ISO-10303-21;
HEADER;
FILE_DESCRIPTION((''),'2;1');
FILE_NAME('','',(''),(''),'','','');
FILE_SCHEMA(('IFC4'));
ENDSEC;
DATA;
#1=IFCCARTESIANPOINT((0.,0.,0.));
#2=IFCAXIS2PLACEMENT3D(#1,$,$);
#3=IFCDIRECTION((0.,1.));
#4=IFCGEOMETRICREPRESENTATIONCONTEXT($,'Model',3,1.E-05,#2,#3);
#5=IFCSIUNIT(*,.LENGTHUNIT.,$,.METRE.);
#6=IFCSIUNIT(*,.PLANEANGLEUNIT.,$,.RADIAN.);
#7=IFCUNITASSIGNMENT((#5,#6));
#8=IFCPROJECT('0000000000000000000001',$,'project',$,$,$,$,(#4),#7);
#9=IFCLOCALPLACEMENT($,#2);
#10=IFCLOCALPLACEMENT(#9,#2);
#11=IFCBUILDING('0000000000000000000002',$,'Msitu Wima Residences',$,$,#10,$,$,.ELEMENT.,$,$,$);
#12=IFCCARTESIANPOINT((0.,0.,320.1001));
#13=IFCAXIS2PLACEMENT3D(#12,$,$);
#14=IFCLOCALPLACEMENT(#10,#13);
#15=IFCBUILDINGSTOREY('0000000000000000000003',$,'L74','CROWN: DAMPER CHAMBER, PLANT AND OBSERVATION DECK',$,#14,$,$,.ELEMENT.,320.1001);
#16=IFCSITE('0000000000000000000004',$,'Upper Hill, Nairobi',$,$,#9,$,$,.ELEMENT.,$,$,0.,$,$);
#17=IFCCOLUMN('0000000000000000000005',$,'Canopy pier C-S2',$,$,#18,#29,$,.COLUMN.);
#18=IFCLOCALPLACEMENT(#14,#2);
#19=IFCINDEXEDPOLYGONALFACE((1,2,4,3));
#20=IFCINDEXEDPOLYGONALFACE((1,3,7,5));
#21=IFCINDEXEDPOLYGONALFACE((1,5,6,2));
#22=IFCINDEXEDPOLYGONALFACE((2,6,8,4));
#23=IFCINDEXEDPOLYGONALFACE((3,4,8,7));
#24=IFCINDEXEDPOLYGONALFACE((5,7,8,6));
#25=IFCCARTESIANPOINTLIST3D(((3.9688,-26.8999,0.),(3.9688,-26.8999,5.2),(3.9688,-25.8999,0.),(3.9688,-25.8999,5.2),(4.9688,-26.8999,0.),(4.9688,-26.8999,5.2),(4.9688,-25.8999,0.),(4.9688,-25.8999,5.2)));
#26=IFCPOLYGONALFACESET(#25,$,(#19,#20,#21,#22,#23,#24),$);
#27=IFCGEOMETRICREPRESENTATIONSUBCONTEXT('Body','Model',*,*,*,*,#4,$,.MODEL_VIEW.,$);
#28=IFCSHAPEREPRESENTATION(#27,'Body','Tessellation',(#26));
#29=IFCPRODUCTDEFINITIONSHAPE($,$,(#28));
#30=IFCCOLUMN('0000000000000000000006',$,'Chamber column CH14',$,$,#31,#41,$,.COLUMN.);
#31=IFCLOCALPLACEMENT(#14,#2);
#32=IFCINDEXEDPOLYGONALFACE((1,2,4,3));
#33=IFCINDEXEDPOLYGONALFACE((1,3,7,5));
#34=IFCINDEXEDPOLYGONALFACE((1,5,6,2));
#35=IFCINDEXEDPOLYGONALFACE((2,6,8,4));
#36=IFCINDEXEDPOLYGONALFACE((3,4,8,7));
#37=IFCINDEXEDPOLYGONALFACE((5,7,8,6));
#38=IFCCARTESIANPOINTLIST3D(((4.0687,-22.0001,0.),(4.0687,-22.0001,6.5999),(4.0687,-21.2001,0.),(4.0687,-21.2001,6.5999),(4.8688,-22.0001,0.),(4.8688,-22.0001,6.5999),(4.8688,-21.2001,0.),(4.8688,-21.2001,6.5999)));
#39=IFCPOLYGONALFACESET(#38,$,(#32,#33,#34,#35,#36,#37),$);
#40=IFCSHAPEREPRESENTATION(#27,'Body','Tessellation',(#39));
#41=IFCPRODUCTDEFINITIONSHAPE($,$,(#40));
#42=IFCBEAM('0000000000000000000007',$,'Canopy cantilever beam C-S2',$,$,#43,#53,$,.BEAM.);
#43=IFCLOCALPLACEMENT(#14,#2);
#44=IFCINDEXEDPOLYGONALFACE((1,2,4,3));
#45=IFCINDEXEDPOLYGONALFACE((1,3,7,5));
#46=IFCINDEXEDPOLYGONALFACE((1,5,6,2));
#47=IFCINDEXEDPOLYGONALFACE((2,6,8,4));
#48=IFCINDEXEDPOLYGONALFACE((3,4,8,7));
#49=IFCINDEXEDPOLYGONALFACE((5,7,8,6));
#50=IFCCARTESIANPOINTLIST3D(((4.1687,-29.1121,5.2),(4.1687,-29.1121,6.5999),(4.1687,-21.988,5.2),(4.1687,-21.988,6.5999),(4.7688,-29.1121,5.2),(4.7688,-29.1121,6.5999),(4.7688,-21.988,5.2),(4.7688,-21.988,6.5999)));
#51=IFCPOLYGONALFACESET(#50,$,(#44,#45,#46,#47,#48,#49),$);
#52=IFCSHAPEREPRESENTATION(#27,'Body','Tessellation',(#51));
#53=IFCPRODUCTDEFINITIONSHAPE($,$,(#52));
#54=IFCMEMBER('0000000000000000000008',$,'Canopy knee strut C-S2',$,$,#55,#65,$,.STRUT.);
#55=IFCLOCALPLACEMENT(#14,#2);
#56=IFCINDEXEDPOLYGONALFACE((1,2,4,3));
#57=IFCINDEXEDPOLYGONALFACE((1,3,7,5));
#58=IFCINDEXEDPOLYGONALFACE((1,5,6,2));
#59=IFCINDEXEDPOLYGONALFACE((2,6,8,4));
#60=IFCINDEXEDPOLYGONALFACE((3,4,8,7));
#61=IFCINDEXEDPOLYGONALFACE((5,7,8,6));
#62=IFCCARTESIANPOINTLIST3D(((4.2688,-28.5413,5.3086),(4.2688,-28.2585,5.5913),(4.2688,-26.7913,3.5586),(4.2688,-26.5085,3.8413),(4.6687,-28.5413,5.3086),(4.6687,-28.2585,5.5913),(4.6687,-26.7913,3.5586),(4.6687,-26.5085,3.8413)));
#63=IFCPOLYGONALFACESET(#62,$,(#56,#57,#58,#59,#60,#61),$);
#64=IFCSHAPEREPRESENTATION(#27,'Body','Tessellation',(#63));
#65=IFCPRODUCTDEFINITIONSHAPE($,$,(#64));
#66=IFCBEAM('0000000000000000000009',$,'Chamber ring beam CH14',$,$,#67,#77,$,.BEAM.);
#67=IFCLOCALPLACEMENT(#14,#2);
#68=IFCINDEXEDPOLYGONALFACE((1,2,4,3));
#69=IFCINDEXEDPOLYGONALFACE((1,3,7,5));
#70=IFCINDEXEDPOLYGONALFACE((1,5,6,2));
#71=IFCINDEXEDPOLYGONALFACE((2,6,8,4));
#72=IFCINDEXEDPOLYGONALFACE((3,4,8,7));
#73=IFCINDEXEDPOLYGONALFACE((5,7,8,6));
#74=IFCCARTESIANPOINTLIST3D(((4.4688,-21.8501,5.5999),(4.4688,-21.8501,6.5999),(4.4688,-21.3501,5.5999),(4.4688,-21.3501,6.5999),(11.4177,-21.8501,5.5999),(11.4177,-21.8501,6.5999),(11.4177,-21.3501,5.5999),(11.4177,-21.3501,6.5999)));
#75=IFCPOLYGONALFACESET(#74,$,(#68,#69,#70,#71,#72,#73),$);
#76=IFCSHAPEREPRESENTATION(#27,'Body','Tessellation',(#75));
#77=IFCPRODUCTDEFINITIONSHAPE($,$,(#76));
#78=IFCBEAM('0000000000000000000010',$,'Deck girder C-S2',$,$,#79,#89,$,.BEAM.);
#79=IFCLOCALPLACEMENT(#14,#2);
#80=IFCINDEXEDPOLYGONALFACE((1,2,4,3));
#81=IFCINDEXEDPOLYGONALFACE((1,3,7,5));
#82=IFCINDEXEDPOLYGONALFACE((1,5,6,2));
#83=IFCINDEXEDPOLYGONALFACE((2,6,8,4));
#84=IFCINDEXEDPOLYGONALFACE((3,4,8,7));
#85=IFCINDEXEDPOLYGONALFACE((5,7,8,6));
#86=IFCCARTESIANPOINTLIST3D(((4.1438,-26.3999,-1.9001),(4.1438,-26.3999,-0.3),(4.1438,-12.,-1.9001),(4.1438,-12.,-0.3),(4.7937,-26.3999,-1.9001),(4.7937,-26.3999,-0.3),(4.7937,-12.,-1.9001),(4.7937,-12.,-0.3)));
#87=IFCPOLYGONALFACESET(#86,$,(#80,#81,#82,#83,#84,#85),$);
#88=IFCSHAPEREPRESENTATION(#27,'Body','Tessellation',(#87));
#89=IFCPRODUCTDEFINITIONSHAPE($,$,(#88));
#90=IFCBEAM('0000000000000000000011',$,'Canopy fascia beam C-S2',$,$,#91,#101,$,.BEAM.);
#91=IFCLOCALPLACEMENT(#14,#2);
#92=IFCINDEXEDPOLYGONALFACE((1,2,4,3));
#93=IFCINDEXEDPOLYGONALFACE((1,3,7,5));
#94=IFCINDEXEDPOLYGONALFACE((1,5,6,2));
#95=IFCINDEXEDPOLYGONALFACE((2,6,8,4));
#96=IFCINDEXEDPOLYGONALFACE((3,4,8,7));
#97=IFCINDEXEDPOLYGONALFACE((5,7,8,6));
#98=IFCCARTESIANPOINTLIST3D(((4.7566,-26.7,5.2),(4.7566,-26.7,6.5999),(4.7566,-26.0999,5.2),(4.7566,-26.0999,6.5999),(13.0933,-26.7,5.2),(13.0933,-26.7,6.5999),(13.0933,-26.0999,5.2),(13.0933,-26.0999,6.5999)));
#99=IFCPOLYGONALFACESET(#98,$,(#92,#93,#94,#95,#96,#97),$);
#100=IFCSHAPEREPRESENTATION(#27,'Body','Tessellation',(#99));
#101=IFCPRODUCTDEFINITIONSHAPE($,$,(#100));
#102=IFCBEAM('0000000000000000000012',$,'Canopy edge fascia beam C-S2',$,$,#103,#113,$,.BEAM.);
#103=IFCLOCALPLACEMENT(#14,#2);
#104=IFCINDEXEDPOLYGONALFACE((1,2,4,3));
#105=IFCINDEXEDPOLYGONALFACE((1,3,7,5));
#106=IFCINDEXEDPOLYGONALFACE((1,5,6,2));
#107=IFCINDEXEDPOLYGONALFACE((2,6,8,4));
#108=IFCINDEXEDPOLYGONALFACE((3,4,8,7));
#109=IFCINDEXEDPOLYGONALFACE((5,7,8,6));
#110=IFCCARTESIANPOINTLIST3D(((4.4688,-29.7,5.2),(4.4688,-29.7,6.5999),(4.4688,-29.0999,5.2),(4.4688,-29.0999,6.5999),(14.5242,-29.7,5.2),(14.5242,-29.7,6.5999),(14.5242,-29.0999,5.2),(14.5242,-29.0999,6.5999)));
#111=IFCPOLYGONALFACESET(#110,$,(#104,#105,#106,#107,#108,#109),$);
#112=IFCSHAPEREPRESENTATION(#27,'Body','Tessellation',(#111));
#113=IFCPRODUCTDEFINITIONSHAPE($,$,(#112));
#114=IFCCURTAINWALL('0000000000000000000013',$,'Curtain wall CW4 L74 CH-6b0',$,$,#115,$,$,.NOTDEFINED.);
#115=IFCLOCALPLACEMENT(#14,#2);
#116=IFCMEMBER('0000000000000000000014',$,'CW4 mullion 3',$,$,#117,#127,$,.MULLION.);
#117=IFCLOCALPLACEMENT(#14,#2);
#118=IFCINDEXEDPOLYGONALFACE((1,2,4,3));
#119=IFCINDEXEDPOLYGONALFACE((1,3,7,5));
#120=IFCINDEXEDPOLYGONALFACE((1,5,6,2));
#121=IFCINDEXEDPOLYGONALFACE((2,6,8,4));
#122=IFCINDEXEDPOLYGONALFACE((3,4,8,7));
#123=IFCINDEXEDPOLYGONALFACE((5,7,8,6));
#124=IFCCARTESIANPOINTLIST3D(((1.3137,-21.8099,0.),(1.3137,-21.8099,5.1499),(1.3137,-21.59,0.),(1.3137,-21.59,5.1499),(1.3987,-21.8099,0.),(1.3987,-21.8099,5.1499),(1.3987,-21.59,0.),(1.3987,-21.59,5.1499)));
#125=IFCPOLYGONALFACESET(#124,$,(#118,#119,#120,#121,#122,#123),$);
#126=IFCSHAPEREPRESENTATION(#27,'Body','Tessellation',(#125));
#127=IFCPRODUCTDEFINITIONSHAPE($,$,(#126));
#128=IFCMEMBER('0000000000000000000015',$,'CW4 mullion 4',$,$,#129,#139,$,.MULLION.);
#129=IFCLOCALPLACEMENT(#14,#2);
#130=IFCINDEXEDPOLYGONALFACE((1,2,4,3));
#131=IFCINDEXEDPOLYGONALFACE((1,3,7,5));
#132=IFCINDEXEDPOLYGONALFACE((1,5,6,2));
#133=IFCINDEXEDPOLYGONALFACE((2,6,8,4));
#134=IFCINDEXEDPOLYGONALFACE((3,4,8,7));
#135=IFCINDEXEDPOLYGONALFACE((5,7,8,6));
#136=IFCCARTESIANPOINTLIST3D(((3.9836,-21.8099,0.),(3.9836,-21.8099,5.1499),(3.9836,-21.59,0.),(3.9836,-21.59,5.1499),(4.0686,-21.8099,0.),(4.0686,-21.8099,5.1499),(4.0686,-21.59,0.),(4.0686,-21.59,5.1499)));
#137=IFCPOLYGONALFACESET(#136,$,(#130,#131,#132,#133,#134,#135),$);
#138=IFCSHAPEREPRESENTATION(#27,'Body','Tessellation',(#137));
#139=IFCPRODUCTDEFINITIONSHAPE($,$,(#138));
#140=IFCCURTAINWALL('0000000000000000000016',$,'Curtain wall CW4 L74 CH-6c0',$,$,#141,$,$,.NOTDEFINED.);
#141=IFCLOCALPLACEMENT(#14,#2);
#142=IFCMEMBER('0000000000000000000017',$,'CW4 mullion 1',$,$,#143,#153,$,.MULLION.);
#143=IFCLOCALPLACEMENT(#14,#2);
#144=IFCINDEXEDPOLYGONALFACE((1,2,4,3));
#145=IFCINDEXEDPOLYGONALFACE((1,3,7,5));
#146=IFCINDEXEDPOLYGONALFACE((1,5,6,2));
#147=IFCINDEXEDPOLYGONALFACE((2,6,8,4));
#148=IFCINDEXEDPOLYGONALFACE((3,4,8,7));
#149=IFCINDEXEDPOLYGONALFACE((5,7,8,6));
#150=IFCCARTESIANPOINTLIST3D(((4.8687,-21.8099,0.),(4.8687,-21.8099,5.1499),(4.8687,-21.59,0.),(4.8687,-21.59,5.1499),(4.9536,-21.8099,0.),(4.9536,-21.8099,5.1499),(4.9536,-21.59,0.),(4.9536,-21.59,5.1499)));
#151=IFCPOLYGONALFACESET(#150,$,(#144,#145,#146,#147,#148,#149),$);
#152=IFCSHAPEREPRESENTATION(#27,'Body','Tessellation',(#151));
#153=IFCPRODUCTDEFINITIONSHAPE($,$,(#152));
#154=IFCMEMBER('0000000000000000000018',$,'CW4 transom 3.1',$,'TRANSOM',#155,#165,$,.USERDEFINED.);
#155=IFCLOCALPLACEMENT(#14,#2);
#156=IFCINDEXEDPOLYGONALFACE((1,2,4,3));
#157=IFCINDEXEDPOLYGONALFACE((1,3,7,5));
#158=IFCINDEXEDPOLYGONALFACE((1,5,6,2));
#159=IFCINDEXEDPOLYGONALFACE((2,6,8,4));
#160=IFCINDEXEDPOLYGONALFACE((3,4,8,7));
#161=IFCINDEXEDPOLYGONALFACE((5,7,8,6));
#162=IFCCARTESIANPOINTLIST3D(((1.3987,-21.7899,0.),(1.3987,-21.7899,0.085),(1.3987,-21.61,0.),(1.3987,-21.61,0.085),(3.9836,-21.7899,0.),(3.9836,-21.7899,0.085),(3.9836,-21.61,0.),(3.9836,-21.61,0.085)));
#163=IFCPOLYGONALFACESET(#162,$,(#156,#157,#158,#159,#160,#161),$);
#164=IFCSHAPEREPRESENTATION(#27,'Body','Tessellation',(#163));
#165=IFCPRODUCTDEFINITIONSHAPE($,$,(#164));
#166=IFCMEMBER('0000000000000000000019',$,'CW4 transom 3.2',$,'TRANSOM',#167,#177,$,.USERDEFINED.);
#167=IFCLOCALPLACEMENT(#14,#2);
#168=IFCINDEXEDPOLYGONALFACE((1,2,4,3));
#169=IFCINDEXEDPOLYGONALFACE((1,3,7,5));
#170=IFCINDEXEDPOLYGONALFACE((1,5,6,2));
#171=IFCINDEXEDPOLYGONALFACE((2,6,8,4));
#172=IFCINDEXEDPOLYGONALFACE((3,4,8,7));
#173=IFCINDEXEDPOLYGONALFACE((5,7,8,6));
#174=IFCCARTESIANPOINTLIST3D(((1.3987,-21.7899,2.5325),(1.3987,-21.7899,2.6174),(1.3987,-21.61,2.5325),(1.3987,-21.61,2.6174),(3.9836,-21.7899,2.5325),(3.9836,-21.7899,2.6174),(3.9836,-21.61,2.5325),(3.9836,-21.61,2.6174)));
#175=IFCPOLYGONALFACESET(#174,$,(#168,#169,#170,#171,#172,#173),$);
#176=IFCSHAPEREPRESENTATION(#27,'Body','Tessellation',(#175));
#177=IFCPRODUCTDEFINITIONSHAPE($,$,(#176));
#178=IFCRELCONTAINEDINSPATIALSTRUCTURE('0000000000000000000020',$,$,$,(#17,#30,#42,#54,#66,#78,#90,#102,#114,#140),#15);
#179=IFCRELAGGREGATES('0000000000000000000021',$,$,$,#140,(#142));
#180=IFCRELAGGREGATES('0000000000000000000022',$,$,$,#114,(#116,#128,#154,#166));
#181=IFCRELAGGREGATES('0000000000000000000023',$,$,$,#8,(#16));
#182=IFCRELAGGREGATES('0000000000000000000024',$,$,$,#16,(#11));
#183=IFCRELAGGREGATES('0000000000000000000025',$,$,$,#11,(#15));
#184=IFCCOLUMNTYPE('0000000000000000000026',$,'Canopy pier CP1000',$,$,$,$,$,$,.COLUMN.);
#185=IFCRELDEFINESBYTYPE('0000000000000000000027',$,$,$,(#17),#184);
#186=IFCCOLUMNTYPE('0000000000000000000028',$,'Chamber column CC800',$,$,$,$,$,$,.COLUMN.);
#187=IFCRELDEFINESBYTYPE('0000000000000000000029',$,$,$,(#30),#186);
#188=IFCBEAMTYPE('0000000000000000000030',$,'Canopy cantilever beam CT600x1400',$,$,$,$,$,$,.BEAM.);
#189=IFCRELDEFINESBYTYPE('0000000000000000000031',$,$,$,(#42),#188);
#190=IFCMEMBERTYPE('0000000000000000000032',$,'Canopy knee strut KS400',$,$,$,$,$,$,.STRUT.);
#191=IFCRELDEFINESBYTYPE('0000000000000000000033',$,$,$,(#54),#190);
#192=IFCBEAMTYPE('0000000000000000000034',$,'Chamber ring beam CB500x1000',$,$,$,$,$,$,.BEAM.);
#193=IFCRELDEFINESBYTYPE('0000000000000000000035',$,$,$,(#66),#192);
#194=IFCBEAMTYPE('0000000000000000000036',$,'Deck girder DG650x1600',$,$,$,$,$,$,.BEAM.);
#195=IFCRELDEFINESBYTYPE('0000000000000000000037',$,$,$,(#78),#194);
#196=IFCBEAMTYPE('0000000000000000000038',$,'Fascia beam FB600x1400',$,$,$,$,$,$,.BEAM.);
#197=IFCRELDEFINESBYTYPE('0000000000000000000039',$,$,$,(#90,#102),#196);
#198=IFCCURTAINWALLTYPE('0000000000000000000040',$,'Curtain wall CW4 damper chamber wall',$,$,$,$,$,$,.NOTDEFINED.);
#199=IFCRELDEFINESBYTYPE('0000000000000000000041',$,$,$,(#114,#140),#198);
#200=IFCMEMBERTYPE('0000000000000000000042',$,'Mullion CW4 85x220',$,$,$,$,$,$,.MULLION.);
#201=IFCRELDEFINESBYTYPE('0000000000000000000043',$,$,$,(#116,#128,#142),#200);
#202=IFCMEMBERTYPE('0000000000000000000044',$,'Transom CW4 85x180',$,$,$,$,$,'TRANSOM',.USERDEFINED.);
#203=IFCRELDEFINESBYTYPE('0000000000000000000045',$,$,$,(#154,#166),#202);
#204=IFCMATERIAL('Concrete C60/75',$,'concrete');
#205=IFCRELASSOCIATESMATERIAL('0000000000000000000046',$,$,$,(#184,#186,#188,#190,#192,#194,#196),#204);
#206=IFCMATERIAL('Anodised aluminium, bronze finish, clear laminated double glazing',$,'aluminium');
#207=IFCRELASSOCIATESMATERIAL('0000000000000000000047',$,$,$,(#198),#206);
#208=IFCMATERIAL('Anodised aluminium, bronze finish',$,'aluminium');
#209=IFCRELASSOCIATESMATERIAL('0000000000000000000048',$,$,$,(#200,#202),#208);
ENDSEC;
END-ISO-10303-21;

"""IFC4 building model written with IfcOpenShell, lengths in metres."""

from ifc_helpers import new_model, si_unit, direction, frame, origin, origin_2d, place, context, subcontext, project, spatial, rectangle, extrude, material, material_profile, profile_set, type_object, element, aggregate, save


model = new_model("IFC4")

# Units and contexts
model_context = context("Model", 3, precision=1e-05, world=origin(), true_north=direction((0.0, 1.0)))
body_context = subcontext(model_context, "Body", "Model", "MODEL_VIEW")
ifc_project = project(units=[si_unit("LENGTHUNIT", "METRE"), si_unit("PLANEANGLEUNIT", "RADIAN")], contexts=[model_context])

# Site, building, storey
site_placement = place(None, origin())
site = spatial("IfcSite", under=ifc_project, at=site_placement, Name="Upper Hill, Nairobi", CompositionType="ELEMENT", RefElevation=0.0)
building_placement = place(site_placement, origin())
building = spatial("IfcBuilding", under=site, at=building_placement, Name="Msitu Wima Residences", CompositionType="ELEMENT")
storey_placement = place(building_placement, frame((0.0, 0.0, 320.1001)))
storey = spatial("IfcBuildingStorey", under=building, at=storey_placement, Name="L74", Description="CROWN: DAMPER CHAMBER, PLANT AND OBSERVATION DECK", CompositionType="ELEMENT", Elevation=320.1001)

# Columns
ifc_material_1 = material(Name="Concrete C60/75", Category="concrete")
ifc_material_profile_1 = material_profile(ifc_material_1, rectangle(XDim=1.0, YDim=1.0, at=origin_2d()), Name="RC 1000x1000")
ifc_profile_set_1 = profile_set([ifc_material_profile_1], Name="Concrete C60/75")
column_type_1 = type_object("IfcColumnType", Name="Canopy pier CP1000", PredefinedType="COLUMN", material=ifc_profile_set_1)
column_1_placement = place(storey_placement, frame((4.4688, -26.3999, 0.0), z_axis=(0.0, 0.0, 1.0), x_axis=(1.0, 0.0, 0.0)))
element("IfcColumn", 1, at=column_1_placement, inside=storey, type_object=column_type_1, Name="Canopy pier C-S2", PredefinedType="COLUMN", context=body_context, shape_type="SweptSolid", body=[
    extrude(rectangle(XDim=1.0, YDim=1.0, at=origin_2d()), origin(), (0.0, 0.0, 1.0), 5.2),
])
ifc_material_profile_2 = material_profile(ifc_material_1, rectangle(XDim=0.8, YDim=0.8, at=origin_2d()), Name="RC 800x800")
ifc_profile_set_2 = profile_set([ifc_material_profile_2], Name="Concrete C60/75")
column_type_2 = type_object("IfcColumnType", Name="Chamber column CC800", PredefinedType="COLUMN", material=ifc_profile_set_2)
column_2_placement = place(storey_placement, frame((4.4688, -21.6001, 0.0), z_axis=(0.0, 0.0, 1.0), x_axis=(1.0, 0.0, 0.0)))
element("IfcColumn", 2, at=column_2_placement, inside=storey, type_object=column_type_2, Name="Chamber column CH14", PredefinedType="COLUMN", context=body_context, shape_type="SweptSolid", body=[
    extrude(rectangle(XDim=0.8, YDim=0.8, at=origin_2d()), origin(), (0.0, 0.0, 1.0), 6.5999),
])

# Beam
ifc_material_profile_3 = material_profile(ifc_material_1, rectangle(XDim=0.6001, YDim=1.3999, at=origin_2d()), Name="RC 600x1400")
ifc_profile_set_3 = profile_set([ifc_material_profile_3], Name="Concrete C60/75")
beam_type_1 = type_object("IfcBeamType", Name="Canopy cantilever beam CT600x1400", PredefinedType="BEAM", material=ifc_profile_set_3)
beam_1_placement = place(storey_placement, frame((4.4688, -21.988, 5.8999), z_axis=(0.0, -1.0, 0.0), x_axis=(1.0, 0.0, 0.0)))
element("IfcBeam", 3, at=beam_1_placement, inside=storey, type_object=beam_type_1, Name="Canopy cantilever beam C-S2", PredefinedType="BEAM", context=body_context, shape_type="SweptSolid", body=[
    extrude(rectangle(XDim=0.6001, YDim=1.3999, at=origin_2d()), origin(), (0.0, 0.0, 1.0), 7.124),
])

# Member
ifc_material_profile_4 = material_profile(ifc_material_1, rectangle(XDim=0.3999, YDim=0.3999, at=origin_2d()), Name="RC 400x400")
ifc_profile_set_4 = profile_set([ifc_material_profile_4], Name="Concrete C60/75")
member_type_1 = type_object("IfcMemberType", Name="Canopy knee strut KS400", PredefinedType="STRUT", material=ifc_profile_set_4)
member_1_placement = place(storey_placement, frame((4.4688, -26.6499, 3.7), z_axis=(0.0, -0.707107, 0.707107), x_axis=(1.0, 0.0, 0.0)))
element("IfcMember", 4, at=member_1_placement, inside=storey, type_object=member_type_1, Name="Canopy knee strut C-S2", PredefinedType="STRUT", context=body_context, shape_type="SweptSolid", body=[
    extrude(rectangle(XDim=0.3999, YDim=0.3999, at=origin_2d()), origin(), (0.0, 0.0, 1.0), 2.4749),
])

# Beams
ifc_material_profile_5 = material_profile(ifc_material_1, rectangle(XDim=0.5, YDim=1.0, at=origin_2d()), Name="RC 500x1000")
ifc_profile_set_5 = profile_set([ifc_material_profile_5], Name="Concrete C60/75")
beam_type_2 = type_object("IfcBeamType", Name="Chamber ring beam CB500x1000", PredefinedType="BEAM", material=ifc_profile_set_5)
beam_2_placement = place(storey_placement, frame((4.4688, -21.6001, 6.0999), z_axis=(1.0, 0.0, 0.0), x_axis=(0.0, 1.0, 0.0)))
element("IfcBeam", 5, at=beam_2_placement, inside=storey, type_object=beam_type_2, Name="Chamber ring beam CH14", PredefinedType="BEAM", context=body_context, shape_type="SweptSolid", body=[
    extrude(rectangle(XDim=0.5, YDim=1.0, at=origin_2d()), origin(), (0.0, 0.0, 1.0), 6.949),
])
ifc_material_profile_6 = material_profile(ifc_material_1, rectangle(XDim=0.6499, YDim=1.6001, at=origin_2d()), Name="RC 650x1600")
ifc_profile_set_6 = profile_set([ifc_material_profile_6], Name="Concrete C60/75")
beam_type_3 = type_object("IfcBeamType", Name="Deck girder DG650x1600", PredefinedType="BEAM", material=ifc_profile_set_6)
beam_3_placement = place(storey_placement, frame((4.4688, -26.3999, -1.1001), z_axis=(0.0, 1.0, 0.0), x_axis=(-1.0, 0.0, 0.0)))
element("IfcBeam", 6, at=beam_3_placement, inside=storey, type_object=beam_type_3, Name="Deck girder C-S2", PredefinedType="BEAM", context=body_context, shape_type="SweptSolid", body=[
    extrude(rectangle(XDim=0.6499, YDim=1.6001, at=origin_2d()), origin(), (0.0, 0.0, 1.0), 14.3999),
])
ifc_material_profile_7 = material_profile(ifc_material_1, rectangle(XDim=0.6001, YDim=1.3999, at=origin_2d()), Name="RC 600x1400")
ifc_profile_set_7 = profile_set([ifc_material_profile_7], Name="Concrete C60/75")
beam_type_4 = type_object("IfcBeamType", Name="Fascia beam FB600x1400", PredefinedType="BEAM", material=ifc_profile_set_7)
beam_4_placement = place(storey_placement, frame((4.7566, -26.3999, 5.8999), z_axis=(1.0, 0.0, 0.0), x_axis=(0.0, 1.0, 0.0)))
element("IfcBeam", 7, at=beam_4_placement, inside=storey, type_object=beam_type_4, Name="Canopy fascia beam C-S2", PredefinedType="BEAM", context=body_context, shape_type="SweptSolid", body=[
    extrude(rectangle(XDim=0.6001, YDim=1.3999, at=origin_2d()), origin(), (0.0, 0.0, 1.0), 8.3367),
])
beam_5_placement = place(storey_placement, frame((4.4688, -29.3999, 5.8999), z_axis=(1.0, 0.0, 0.0), x_axis=(0.0, 1.0, 0.0)))
element("IfcBeam", 8, at=beam_5_placement, inside=storey, type_object=beam_type_4, Name="Canopy edge fascia beam C-S2", PredefinedType="BEAM", context=body_context, shape_type="SweptSolid", body=[
    extrude(rectangle(XDim=0.6001, YDim=1.3999, at=origin_2d()), origin(), (0.0, 0.0, 1.0), 10.0554),
])

# Curtain wall, members
ifc_material_2 = material(Name="Anodised aluminium, bronze finish, clear laminated double glazing", Category="aluminium")
curtain_wall_type = type_object("IfcCurtainWallType", Name="Curtain wall CW4 damper chamber wall", PredefinedType="NOTDEFINED", material=ifc_material_2)
curtain_wall_1_placement = place(storey_placement, origin())
curtain_wall_1 = element("IfcCurtainWall", 9, at=curtain_wall_1_placement, inside=storey, type_object=curtain_wall_type, Name="Curtain wall CW4 L74 CH-6b0", PredefinedType="NOTDEFINED")
ifc_material_3 = material(Name="Anodised aluminium, bronze finish", Category="aluminium")
ifc_material_profile_8 = material_profile(ifc_material_3, rectangle(XDim=0.22, YDim=0.085, at=origin_2d()), Name="Mullion 85x220")
ifc_profile_set_8 = profile_set([ifc_material_profile_8], Name="Anodised aluminium, bronze finish")
member_type_2 = type_object("IfcMemberType", Name="Mullion CW4 85x220", PredefinedType="MULLION", material=ifc_profile_set_8)
member_2_placement = place(storey_placement, frame((1.3562, -21.7, 0.0), z_axis=(0.0, 0.0, 1.0), x_axis=(0.0, 1.0, 0.0)))
member_2 = element("IfcMember", 10, at=member_2_placement, type_object=member_type_2, Name="CW4 mullion 3", PredefinedType="MULLION", context=body_context, shape_type="SweptSolid", body=[
    extrude(rectangle(XDim=0.22, YDim=0.085, at=origin_2d()), origin(), (0.0, 0.0, 1.0), 5.1499),
])
member_3_placement = place(storey_placement, frame((4.0261, -21.7, 0.0), z_axis=(0.0, 0.0, 1.0), x_axis=(0.0, 1.0, 0.0)))
member_3 = element("IfcMember", 11, at=member_3_placement, type_object=member_type_2, Name="CW4 mullion 4", PredefinedType="MULLION", context=body_context, shape_type="SweptSolid", body=[
    extrude(rectangle(XDim=0.22, YDim=0.085, at=origin_2d()), origin(), (0.0, 0.0, 1.0), 5.1499),
])

# Curtain wall, member
curtain_wall_2_placement = place(storey_placement, origin())
curtain_wall_2 = element("IfcCurtainWall", 12, at=curtain_wall_2_placement, inside=storey, type_object=curtain_wall_type, Name="Curtain wall CW4 L74 CH-6c0", PredefinedType="NOTDEFINED")
member_4_placement = place(storey_placement, frame((4.9111, -21.7, 0.0), z_axis=(0.0, 0.0, 1.0), x_axis=(0.0, 1.0, 0.0)))
member_4 = element("IfcMember", 13, at=member_4_placement, type_object=member_type_2, Name="CW4 mullion 1", PredefinedType="MULLION", context=body_context, shape_type="SweptSolid", body=[
    extrude(rectangle(XDim=0.22, YDim=0.085, at=origin_2d()), origin(), (0.0, 0.0, 1.0), 5.1499),
])

# Members
ifc_material_profile_9 = material_profile(ifc_material_3, rectangle(XDim=0.1799, YDim=0.085, at=origin_2d()), Name="Transom 85x180")
ifc_profile_set_9 = profile_set([ifc_material_profile_9], Name="Anodised aluminium, bronze finish")
member_type_3 = type_object("IfcMemberType", Name="Transom CW4 85x180", ElementType="TRANSOM", PredefinedType="USERDEFINED", material=ifc_profile_set_9)
member_5_placement = place(storey_placement, frame((1.3987, -21.7, 0.0425), z_axis=(1.0, 0.0, 0.0), x_axis=(0.0, 1.0, 0.0)))
member_5 = element("IfcMember", 14, at=member_5_placement, type_object=member_type_3, Name="CW4 transom 3.1", ObjectType="TRANSOM", PredefinedType="USERDEFINED", context=body_context, shape_type="SweptSolid", body=[
    extrude(rectangle(XDim=0.1799, YDim=0.085, at=origin_2d()), origin(), (0.0, 0.0, 1.0), 2.585),
])
member_6_placement = place(storey_placement, frame((1.3987, -21.7, 2.575), z_axis=(1.0, 0.0, 0.0), x_axis=(0.0, 1.0, 0.0)))
member_6 = element("IfcMember", 15, at=member_6_placement, type_object=member_type_3, Name="CW4 transom 3.2", ObjectType="TRANSOM", PredefinedType="USERDEFINED", context=body_context, shape_type="SweptSolid", body=[
    extrude(rectangle(XDim=0.1799, YDim=0.085, at=origin_2d()), origin(), (0.0, 0.0, 1.0), 2.585),
])
aggregate(curtain_wall_2, [member_4])

aggregate(curtain_wall_1, [member_2, member_3, member_5, member_6])

save(model, "model.ifc")
